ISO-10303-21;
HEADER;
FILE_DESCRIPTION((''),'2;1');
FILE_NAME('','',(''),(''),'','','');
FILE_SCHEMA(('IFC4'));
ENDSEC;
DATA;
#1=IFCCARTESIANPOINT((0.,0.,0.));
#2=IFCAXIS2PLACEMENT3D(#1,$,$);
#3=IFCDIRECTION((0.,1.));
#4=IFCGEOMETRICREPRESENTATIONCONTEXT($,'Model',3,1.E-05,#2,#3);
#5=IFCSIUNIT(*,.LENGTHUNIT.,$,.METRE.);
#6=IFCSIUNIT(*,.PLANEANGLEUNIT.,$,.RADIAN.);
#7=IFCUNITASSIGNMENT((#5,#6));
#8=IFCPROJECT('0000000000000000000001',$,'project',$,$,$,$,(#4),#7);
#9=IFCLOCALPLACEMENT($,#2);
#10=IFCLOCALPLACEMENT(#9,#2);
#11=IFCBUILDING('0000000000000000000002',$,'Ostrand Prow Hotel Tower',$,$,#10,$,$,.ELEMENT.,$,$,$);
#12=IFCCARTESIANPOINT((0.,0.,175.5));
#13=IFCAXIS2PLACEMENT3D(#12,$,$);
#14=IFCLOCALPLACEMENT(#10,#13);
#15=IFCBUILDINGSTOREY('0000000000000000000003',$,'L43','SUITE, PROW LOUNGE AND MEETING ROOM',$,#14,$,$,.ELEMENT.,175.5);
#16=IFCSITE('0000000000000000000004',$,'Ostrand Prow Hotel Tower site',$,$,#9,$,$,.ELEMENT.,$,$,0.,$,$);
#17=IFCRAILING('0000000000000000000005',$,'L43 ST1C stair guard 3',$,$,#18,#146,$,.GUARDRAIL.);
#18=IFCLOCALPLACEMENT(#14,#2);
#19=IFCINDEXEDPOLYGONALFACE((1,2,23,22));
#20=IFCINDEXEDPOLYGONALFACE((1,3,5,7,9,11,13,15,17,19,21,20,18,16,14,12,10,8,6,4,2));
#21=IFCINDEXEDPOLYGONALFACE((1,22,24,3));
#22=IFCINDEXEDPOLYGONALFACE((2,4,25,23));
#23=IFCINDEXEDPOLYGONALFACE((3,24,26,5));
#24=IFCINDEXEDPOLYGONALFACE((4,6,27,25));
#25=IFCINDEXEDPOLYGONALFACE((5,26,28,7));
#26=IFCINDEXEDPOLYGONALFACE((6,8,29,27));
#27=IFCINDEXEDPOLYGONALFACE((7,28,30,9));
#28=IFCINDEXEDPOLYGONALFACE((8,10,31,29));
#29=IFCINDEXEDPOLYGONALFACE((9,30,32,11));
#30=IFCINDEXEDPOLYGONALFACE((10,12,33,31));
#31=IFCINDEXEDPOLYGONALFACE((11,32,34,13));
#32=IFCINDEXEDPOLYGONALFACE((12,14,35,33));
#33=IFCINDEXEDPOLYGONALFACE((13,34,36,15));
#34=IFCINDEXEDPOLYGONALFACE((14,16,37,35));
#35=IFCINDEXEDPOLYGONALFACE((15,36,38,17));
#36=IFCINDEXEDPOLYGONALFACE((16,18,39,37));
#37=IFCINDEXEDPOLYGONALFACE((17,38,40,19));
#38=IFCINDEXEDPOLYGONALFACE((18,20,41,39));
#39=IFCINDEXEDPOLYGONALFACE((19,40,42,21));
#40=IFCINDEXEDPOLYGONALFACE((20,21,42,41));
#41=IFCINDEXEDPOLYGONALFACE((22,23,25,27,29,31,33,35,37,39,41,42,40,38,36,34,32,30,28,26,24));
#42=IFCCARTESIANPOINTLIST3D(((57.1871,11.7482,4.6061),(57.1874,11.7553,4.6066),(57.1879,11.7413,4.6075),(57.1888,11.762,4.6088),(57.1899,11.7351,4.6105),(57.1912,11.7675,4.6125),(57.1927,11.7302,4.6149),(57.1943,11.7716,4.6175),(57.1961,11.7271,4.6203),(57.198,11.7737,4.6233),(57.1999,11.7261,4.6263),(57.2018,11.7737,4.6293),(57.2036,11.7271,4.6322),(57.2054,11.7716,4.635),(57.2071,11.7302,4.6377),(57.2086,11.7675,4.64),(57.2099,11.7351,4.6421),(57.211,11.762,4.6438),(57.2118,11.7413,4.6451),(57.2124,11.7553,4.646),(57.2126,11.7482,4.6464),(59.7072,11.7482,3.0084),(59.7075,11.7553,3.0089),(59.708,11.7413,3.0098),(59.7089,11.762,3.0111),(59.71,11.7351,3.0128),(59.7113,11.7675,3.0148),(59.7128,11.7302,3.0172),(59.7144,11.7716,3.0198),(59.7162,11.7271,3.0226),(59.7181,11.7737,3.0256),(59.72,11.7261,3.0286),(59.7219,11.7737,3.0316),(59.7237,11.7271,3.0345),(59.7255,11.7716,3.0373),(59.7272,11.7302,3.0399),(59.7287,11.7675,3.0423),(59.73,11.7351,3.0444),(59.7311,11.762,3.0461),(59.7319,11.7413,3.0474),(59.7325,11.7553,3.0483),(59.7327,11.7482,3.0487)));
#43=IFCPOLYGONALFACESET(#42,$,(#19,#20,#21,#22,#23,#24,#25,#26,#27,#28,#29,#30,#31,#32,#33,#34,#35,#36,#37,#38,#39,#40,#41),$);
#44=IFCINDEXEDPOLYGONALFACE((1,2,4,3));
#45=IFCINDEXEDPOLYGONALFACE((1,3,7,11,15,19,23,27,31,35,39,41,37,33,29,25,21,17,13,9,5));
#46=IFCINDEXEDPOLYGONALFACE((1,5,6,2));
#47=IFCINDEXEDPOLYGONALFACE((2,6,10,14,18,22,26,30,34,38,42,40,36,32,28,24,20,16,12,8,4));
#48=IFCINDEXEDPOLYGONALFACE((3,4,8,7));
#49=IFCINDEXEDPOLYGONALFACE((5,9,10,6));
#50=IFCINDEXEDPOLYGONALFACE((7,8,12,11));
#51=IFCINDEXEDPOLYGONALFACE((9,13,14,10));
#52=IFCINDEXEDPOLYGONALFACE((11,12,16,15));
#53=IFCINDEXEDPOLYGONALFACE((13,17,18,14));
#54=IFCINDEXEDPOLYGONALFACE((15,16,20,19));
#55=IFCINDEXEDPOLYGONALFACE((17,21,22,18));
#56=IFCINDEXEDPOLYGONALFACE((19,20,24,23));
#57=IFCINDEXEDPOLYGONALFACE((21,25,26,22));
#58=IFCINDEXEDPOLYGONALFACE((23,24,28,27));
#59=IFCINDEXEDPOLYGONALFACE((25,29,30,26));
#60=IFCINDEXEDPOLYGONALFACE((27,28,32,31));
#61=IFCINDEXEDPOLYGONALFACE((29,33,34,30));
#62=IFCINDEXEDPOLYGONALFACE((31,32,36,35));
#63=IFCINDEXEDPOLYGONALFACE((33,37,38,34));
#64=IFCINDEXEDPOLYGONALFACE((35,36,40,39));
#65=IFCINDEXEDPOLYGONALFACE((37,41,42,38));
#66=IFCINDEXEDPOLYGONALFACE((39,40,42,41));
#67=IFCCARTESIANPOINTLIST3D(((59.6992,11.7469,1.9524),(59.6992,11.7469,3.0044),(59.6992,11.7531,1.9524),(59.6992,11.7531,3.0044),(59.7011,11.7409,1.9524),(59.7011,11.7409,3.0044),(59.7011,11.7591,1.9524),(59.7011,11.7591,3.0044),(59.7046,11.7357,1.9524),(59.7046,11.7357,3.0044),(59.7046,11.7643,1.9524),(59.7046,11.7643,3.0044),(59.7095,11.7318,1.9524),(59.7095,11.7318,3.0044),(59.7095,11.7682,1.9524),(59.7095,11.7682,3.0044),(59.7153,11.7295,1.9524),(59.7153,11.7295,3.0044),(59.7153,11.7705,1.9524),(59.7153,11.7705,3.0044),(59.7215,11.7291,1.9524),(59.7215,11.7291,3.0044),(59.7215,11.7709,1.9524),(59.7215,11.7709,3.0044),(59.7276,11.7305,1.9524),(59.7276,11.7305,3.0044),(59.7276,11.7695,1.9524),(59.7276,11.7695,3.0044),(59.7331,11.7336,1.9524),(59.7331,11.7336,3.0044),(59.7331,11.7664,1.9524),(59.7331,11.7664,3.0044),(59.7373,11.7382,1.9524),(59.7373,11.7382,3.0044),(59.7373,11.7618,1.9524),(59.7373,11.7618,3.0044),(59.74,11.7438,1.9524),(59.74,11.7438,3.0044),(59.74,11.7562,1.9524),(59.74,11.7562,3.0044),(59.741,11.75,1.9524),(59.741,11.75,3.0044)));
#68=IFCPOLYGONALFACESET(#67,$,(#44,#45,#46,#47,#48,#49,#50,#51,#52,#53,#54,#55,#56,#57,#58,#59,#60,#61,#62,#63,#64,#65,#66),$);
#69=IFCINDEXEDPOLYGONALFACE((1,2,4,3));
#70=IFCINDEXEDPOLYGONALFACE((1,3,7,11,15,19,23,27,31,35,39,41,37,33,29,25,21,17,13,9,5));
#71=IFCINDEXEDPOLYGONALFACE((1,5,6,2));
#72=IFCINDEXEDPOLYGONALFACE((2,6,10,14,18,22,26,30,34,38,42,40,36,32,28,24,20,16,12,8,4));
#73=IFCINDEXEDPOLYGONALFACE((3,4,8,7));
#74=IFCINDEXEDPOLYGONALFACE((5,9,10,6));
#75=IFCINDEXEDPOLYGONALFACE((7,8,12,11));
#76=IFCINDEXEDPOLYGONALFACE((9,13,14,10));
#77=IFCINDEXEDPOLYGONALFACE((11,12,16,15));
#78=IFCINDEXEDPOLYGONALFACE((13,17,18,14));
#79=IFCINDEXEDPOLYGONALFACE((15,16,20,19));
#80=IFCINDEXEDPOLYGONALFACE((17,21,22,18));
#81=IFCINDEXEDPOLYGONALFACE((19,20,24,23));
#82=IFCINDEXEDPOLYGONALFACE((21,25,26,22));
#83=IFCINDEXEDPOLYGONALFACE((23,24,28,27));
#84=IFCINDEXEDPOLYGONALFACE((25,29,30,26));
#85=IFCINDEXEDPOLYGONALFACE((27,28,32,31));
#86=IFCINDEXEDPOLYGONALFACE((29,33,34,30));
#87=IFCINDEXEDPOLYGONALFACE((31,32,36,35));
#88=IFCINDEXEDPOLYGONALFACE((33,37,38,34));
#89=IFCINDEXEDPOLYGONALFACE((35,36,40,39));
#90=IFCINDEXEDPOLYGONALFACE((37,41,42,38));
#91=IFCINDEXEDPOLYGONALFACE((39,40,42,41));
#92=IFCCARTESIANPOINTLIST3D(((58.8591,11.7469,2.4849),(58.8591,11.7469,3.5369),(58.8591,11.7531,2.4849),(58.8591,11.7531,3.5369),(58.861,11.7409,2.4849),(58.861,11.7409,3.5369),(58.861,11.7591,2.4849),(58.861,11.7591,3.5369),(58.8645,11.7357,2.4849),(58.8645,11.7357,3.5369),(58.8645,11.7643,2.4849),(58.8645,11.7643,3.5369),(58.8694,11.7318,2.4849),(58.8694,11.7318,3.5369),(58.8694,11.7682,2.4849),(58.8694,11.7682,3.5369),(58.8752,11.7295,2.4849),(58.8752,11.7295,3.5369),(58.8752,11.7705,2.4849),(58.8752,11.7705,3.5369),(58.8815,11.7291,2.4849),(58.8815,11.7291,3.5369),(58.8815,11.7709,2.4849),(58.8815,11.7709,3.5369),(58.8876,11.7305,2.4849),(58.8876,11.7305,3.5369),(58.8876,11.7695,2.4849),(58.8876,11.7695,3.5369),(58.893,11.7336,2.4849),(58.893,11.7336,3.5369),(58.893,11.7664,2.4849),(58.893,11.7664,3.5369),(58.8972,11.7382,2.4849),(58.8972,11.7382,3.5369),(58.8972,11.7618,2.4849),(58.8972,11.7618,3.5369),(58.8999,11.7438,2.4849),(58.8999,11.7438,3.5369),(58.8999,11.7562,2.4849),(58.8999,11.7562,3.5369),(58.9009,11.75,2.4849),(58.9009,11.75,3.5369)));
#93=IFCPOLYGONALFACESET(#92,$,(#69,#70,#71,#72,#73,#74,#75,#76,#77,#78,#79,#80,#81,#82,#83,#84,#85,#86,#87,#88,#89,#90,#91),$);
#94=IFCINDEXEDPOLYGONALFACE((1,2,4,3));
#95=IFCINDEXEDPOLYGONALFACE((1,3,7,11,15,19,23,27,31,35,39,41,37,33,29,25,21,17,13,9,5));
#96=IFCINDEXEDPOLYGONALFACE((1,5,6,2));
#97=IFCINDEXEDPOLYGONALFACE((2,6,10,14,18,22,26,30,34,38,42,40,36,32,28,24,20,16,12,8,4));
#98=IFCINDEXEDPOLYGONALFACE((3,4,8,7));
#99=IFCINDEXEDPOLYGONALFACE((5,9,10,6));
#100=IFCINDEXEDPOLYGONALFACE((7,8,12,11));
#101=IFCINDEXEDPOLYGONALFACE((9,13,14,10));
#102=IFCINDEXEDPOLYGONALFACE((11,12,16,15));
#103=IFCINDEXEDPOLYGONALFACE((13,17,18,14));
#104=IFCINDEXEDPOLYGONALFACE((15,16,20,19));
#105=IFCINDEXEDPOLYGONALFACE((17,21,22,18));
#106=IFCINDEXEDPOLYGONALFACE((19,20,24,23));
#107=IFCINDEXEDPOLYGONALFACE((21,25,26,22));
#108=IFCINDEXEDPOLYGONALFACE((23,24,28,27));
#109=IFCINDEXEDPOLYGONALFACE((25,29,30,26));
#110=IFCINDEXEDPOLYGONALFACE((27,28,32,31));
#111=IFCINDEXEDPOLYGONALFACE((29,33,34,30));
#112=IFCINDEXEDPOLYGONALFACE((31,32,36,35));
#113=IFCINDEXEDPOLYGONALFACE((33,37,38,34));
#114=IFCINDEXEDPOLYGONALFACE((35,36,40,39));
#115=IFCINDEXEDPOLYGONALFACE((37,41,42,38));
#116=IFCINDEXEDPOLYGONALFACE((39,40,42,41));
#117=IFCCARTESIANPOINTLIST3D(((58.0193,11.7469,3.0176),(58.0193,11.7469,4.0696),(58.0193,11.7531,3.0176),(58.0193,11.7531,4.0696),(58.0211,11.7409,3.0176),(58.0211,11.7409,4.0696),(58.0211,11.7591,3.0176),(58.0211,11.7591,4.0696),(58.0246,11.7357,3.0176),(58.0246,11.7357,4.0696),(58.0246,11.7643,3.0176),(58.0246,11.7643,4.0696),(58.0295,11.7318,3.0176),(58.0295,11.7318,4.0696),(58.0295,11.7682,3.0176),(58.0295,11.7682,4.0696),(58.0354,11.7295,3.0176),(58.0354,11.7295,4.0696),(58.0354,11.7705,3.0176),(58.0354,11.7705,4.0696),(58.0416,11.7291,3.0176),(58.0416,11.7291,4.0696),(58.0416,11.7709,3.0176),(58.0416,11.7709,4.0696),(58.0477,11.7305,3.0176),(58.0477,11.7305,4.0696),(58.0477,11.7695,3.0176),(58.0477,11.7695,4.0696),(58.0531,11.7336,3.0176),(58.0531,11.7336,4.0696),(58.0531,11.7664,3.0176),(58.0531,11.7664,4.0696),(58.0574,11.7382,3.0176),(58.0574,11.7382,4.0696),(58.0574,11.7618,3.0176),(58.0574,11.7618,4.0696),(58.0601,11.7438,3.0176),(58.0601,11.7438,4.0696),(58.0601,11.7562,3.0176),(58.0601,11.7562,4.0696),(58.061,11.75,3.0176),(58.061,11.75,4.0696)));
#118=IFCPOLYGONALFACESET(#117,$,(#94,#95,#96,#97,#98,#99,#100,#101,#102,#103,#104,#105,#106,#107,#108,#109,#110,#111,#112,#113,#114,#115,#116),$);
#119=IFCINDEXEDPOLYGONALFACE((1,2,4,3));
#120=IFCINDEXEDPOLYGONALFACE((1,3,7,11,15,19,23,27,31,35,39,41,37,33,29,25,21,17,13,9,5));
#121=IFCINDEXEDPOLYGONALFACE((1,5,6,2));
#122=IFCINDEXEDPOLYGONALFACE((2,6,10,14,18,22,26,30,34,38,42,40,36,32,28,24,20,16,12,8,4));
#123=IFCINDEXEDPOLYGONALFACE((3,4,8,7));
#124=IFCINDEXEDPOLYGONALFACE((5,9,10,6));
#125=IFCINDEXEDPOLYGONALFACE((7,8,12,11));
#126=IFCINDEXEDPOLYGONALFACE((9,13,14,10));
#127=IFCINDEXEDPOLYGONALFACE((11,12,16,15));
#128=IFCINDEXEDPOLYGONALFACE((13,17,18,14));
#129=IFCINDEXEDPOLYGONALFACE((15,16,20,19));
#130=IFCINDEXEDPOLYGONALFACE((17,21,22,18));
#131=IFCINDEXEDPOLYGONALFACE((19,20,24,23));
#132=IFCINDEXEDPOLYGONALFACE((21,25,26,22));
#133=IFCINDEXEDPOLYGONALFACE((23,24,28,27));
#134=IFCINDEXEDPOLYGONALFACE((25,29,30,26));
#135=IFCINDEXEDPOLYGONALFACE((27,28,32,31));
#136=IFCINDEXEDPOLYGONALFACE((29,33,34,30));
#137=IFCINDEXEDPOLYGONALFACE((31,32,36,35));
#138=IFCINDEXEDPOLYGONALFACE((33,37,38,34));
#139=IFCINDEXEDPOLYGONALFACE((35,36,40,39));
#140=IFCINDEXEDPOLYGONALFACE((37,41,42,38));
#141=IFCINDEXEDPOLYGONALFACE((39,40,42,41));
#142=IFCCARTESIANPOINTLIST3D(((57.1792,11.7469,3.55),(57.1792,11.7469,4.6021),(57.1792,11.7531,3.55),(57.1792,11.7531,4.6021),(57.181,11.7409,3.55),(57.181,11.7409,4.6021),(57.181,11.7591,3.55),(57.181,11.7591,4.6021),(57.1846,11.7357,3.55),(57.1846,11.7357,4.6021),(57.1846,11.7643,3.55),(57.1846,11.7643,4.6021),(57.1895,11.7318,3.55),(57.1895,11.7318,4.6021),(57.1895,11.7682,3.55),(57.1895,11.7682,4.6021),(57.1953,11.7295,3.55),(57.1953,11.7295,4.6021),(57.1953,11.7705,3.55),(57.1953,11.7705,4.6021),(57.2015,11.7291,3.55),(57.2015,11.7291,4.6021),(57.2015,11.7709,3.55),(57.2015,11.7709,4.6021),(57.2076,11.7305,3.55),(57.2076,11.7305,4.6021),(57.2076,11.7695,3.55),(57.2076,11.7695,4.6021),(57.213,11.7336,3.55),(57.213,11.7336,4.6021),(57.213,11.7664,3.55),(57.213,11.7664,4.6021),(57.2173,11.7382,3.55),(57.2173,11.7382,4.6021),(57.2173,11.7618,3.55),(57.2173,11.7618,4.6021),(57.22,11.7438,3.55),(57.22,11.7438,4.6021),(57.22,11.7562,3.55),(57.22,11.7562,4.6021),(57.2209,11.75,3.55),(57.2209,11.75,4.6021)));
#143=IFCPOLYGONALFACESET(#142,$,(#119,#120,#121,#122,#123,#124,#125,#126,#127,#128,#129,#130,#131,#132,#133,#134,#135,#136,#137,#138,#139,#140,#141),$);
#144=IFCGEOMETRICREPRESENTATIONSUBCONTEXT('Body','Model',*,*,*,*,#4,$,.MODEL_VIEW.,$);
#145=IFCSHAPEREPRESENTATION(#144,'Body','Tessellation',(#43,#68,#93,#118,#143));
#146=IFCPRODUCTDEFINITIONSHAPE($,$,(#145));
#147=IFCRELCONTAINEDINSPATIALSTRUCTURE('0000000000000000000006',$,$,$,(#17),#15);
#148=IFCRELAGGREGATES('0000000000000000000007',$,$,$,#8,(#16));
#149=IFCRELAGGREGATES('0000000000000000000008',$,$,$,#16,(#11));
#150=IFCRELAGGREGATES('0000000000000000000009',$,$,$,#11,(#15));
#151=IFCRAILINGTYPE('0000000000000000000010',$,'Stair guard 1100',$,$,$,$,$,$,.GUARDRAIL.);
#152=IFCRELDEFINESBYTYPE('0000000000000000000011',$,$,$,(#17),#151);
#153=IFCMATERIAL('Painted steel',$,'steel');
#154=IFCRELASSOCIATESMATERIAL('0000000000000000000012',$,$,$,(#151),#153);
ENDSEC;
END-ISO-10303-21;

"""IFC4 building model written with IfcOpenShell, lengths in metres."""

from ifc_helpers import new_model, si_unit, direction, frame, origin, origin_2d, place, context, subcontext, project, spatial, circle, extrude, material, type_object, element, save


model = new_model("IFC4")

# Units and contexts
model_context = context("Model", 3, precision=1e-05, world=origin(), true_north=direction((0.0, 1.0)))
body_context = subcontext(model_context, "Body", "Model", "MODEL_VIEW")
ifc_project = project(units=[si_unit("LENGTHUNIT", "METRE"), si_unit("PLANEANGLEUNIT", "RADIAN")], contexts=[model_context])

# Site, building, storey
site_placement = place(None, origin())
site = spatial("IfcSite", under=ifc_project, at=site_placement, Name="Ostrand Prow Hotel Tower site", CompositionType="ELEMENT", RefElevation=0.0)
building_placement = place(site_placement, origin())
building = spatial("IfcBuilding", under=site, at=building_placement, Name="Ostrand Prow Hotel Tower", CompositionType="ELEMENT")
storey_placement = place(building_placement, frame((0.0, 0.0, 175.5)))
storey = spatial("IfcBuildingStorey", under=building, at=storey_placement, Name="L43", Description="SUITE, PROW LOUNGE AND MEETING ROOM", CompositionType="ELEMENT", Elevation=175.5)

# Railing
ifc_material_1 = material(Name="Painted steel", Category="steel")
railing_type_1 = type_object("IfcRailingType", Name="Stair guard 1100", PredefinedType="GUARDRAIL", material=ifc_material_1)
railing_1_placement = place(storey_placement, frame((59.72, 11.75, 1.9524)))
element("IfcRailing", 1, at=railing_1_placement, inside=storey, type_object=railing_type_1, Name="L43 ST1C stair guard 3", PredefinedType="GUARDRAIL", context=body_context, shape_type="SweptSolid", body=[
    extrude(circle(Radius=0.0239, at=origin_2d()), frame((0.0, 0.0, 1.0762), z_axis=(-0.84457, 0.0, 0.535445), x_axis=(0.0, -1.0, 0.0)), (0.0, 0.0, 1.0), 2.9839),
    extrude(circle(Radius=0.021, at=origin_2d()), origin(), (0.0, 0.0, 1.0), 1.052),
    extrude(circle(Radius=0.021, at=origin_2d()), frame((-0.8401, 0.0, 0.5325)), (0.0, 0.0, 1.0), 1.052),
    extrude(circle(Radius=0.021, at=origin_2d()), frame((-1.6799, 0.0, 1.0652)), (0.0, 0.0, 1.0), 1.052),
    extrude(circle(Radius=0.021, at=origin_2d()), frame((-2.52, 0.0, 1.5977)), (0.0, 0.0, 1.0), 1.052),
])

save(model, "model.ifc")
